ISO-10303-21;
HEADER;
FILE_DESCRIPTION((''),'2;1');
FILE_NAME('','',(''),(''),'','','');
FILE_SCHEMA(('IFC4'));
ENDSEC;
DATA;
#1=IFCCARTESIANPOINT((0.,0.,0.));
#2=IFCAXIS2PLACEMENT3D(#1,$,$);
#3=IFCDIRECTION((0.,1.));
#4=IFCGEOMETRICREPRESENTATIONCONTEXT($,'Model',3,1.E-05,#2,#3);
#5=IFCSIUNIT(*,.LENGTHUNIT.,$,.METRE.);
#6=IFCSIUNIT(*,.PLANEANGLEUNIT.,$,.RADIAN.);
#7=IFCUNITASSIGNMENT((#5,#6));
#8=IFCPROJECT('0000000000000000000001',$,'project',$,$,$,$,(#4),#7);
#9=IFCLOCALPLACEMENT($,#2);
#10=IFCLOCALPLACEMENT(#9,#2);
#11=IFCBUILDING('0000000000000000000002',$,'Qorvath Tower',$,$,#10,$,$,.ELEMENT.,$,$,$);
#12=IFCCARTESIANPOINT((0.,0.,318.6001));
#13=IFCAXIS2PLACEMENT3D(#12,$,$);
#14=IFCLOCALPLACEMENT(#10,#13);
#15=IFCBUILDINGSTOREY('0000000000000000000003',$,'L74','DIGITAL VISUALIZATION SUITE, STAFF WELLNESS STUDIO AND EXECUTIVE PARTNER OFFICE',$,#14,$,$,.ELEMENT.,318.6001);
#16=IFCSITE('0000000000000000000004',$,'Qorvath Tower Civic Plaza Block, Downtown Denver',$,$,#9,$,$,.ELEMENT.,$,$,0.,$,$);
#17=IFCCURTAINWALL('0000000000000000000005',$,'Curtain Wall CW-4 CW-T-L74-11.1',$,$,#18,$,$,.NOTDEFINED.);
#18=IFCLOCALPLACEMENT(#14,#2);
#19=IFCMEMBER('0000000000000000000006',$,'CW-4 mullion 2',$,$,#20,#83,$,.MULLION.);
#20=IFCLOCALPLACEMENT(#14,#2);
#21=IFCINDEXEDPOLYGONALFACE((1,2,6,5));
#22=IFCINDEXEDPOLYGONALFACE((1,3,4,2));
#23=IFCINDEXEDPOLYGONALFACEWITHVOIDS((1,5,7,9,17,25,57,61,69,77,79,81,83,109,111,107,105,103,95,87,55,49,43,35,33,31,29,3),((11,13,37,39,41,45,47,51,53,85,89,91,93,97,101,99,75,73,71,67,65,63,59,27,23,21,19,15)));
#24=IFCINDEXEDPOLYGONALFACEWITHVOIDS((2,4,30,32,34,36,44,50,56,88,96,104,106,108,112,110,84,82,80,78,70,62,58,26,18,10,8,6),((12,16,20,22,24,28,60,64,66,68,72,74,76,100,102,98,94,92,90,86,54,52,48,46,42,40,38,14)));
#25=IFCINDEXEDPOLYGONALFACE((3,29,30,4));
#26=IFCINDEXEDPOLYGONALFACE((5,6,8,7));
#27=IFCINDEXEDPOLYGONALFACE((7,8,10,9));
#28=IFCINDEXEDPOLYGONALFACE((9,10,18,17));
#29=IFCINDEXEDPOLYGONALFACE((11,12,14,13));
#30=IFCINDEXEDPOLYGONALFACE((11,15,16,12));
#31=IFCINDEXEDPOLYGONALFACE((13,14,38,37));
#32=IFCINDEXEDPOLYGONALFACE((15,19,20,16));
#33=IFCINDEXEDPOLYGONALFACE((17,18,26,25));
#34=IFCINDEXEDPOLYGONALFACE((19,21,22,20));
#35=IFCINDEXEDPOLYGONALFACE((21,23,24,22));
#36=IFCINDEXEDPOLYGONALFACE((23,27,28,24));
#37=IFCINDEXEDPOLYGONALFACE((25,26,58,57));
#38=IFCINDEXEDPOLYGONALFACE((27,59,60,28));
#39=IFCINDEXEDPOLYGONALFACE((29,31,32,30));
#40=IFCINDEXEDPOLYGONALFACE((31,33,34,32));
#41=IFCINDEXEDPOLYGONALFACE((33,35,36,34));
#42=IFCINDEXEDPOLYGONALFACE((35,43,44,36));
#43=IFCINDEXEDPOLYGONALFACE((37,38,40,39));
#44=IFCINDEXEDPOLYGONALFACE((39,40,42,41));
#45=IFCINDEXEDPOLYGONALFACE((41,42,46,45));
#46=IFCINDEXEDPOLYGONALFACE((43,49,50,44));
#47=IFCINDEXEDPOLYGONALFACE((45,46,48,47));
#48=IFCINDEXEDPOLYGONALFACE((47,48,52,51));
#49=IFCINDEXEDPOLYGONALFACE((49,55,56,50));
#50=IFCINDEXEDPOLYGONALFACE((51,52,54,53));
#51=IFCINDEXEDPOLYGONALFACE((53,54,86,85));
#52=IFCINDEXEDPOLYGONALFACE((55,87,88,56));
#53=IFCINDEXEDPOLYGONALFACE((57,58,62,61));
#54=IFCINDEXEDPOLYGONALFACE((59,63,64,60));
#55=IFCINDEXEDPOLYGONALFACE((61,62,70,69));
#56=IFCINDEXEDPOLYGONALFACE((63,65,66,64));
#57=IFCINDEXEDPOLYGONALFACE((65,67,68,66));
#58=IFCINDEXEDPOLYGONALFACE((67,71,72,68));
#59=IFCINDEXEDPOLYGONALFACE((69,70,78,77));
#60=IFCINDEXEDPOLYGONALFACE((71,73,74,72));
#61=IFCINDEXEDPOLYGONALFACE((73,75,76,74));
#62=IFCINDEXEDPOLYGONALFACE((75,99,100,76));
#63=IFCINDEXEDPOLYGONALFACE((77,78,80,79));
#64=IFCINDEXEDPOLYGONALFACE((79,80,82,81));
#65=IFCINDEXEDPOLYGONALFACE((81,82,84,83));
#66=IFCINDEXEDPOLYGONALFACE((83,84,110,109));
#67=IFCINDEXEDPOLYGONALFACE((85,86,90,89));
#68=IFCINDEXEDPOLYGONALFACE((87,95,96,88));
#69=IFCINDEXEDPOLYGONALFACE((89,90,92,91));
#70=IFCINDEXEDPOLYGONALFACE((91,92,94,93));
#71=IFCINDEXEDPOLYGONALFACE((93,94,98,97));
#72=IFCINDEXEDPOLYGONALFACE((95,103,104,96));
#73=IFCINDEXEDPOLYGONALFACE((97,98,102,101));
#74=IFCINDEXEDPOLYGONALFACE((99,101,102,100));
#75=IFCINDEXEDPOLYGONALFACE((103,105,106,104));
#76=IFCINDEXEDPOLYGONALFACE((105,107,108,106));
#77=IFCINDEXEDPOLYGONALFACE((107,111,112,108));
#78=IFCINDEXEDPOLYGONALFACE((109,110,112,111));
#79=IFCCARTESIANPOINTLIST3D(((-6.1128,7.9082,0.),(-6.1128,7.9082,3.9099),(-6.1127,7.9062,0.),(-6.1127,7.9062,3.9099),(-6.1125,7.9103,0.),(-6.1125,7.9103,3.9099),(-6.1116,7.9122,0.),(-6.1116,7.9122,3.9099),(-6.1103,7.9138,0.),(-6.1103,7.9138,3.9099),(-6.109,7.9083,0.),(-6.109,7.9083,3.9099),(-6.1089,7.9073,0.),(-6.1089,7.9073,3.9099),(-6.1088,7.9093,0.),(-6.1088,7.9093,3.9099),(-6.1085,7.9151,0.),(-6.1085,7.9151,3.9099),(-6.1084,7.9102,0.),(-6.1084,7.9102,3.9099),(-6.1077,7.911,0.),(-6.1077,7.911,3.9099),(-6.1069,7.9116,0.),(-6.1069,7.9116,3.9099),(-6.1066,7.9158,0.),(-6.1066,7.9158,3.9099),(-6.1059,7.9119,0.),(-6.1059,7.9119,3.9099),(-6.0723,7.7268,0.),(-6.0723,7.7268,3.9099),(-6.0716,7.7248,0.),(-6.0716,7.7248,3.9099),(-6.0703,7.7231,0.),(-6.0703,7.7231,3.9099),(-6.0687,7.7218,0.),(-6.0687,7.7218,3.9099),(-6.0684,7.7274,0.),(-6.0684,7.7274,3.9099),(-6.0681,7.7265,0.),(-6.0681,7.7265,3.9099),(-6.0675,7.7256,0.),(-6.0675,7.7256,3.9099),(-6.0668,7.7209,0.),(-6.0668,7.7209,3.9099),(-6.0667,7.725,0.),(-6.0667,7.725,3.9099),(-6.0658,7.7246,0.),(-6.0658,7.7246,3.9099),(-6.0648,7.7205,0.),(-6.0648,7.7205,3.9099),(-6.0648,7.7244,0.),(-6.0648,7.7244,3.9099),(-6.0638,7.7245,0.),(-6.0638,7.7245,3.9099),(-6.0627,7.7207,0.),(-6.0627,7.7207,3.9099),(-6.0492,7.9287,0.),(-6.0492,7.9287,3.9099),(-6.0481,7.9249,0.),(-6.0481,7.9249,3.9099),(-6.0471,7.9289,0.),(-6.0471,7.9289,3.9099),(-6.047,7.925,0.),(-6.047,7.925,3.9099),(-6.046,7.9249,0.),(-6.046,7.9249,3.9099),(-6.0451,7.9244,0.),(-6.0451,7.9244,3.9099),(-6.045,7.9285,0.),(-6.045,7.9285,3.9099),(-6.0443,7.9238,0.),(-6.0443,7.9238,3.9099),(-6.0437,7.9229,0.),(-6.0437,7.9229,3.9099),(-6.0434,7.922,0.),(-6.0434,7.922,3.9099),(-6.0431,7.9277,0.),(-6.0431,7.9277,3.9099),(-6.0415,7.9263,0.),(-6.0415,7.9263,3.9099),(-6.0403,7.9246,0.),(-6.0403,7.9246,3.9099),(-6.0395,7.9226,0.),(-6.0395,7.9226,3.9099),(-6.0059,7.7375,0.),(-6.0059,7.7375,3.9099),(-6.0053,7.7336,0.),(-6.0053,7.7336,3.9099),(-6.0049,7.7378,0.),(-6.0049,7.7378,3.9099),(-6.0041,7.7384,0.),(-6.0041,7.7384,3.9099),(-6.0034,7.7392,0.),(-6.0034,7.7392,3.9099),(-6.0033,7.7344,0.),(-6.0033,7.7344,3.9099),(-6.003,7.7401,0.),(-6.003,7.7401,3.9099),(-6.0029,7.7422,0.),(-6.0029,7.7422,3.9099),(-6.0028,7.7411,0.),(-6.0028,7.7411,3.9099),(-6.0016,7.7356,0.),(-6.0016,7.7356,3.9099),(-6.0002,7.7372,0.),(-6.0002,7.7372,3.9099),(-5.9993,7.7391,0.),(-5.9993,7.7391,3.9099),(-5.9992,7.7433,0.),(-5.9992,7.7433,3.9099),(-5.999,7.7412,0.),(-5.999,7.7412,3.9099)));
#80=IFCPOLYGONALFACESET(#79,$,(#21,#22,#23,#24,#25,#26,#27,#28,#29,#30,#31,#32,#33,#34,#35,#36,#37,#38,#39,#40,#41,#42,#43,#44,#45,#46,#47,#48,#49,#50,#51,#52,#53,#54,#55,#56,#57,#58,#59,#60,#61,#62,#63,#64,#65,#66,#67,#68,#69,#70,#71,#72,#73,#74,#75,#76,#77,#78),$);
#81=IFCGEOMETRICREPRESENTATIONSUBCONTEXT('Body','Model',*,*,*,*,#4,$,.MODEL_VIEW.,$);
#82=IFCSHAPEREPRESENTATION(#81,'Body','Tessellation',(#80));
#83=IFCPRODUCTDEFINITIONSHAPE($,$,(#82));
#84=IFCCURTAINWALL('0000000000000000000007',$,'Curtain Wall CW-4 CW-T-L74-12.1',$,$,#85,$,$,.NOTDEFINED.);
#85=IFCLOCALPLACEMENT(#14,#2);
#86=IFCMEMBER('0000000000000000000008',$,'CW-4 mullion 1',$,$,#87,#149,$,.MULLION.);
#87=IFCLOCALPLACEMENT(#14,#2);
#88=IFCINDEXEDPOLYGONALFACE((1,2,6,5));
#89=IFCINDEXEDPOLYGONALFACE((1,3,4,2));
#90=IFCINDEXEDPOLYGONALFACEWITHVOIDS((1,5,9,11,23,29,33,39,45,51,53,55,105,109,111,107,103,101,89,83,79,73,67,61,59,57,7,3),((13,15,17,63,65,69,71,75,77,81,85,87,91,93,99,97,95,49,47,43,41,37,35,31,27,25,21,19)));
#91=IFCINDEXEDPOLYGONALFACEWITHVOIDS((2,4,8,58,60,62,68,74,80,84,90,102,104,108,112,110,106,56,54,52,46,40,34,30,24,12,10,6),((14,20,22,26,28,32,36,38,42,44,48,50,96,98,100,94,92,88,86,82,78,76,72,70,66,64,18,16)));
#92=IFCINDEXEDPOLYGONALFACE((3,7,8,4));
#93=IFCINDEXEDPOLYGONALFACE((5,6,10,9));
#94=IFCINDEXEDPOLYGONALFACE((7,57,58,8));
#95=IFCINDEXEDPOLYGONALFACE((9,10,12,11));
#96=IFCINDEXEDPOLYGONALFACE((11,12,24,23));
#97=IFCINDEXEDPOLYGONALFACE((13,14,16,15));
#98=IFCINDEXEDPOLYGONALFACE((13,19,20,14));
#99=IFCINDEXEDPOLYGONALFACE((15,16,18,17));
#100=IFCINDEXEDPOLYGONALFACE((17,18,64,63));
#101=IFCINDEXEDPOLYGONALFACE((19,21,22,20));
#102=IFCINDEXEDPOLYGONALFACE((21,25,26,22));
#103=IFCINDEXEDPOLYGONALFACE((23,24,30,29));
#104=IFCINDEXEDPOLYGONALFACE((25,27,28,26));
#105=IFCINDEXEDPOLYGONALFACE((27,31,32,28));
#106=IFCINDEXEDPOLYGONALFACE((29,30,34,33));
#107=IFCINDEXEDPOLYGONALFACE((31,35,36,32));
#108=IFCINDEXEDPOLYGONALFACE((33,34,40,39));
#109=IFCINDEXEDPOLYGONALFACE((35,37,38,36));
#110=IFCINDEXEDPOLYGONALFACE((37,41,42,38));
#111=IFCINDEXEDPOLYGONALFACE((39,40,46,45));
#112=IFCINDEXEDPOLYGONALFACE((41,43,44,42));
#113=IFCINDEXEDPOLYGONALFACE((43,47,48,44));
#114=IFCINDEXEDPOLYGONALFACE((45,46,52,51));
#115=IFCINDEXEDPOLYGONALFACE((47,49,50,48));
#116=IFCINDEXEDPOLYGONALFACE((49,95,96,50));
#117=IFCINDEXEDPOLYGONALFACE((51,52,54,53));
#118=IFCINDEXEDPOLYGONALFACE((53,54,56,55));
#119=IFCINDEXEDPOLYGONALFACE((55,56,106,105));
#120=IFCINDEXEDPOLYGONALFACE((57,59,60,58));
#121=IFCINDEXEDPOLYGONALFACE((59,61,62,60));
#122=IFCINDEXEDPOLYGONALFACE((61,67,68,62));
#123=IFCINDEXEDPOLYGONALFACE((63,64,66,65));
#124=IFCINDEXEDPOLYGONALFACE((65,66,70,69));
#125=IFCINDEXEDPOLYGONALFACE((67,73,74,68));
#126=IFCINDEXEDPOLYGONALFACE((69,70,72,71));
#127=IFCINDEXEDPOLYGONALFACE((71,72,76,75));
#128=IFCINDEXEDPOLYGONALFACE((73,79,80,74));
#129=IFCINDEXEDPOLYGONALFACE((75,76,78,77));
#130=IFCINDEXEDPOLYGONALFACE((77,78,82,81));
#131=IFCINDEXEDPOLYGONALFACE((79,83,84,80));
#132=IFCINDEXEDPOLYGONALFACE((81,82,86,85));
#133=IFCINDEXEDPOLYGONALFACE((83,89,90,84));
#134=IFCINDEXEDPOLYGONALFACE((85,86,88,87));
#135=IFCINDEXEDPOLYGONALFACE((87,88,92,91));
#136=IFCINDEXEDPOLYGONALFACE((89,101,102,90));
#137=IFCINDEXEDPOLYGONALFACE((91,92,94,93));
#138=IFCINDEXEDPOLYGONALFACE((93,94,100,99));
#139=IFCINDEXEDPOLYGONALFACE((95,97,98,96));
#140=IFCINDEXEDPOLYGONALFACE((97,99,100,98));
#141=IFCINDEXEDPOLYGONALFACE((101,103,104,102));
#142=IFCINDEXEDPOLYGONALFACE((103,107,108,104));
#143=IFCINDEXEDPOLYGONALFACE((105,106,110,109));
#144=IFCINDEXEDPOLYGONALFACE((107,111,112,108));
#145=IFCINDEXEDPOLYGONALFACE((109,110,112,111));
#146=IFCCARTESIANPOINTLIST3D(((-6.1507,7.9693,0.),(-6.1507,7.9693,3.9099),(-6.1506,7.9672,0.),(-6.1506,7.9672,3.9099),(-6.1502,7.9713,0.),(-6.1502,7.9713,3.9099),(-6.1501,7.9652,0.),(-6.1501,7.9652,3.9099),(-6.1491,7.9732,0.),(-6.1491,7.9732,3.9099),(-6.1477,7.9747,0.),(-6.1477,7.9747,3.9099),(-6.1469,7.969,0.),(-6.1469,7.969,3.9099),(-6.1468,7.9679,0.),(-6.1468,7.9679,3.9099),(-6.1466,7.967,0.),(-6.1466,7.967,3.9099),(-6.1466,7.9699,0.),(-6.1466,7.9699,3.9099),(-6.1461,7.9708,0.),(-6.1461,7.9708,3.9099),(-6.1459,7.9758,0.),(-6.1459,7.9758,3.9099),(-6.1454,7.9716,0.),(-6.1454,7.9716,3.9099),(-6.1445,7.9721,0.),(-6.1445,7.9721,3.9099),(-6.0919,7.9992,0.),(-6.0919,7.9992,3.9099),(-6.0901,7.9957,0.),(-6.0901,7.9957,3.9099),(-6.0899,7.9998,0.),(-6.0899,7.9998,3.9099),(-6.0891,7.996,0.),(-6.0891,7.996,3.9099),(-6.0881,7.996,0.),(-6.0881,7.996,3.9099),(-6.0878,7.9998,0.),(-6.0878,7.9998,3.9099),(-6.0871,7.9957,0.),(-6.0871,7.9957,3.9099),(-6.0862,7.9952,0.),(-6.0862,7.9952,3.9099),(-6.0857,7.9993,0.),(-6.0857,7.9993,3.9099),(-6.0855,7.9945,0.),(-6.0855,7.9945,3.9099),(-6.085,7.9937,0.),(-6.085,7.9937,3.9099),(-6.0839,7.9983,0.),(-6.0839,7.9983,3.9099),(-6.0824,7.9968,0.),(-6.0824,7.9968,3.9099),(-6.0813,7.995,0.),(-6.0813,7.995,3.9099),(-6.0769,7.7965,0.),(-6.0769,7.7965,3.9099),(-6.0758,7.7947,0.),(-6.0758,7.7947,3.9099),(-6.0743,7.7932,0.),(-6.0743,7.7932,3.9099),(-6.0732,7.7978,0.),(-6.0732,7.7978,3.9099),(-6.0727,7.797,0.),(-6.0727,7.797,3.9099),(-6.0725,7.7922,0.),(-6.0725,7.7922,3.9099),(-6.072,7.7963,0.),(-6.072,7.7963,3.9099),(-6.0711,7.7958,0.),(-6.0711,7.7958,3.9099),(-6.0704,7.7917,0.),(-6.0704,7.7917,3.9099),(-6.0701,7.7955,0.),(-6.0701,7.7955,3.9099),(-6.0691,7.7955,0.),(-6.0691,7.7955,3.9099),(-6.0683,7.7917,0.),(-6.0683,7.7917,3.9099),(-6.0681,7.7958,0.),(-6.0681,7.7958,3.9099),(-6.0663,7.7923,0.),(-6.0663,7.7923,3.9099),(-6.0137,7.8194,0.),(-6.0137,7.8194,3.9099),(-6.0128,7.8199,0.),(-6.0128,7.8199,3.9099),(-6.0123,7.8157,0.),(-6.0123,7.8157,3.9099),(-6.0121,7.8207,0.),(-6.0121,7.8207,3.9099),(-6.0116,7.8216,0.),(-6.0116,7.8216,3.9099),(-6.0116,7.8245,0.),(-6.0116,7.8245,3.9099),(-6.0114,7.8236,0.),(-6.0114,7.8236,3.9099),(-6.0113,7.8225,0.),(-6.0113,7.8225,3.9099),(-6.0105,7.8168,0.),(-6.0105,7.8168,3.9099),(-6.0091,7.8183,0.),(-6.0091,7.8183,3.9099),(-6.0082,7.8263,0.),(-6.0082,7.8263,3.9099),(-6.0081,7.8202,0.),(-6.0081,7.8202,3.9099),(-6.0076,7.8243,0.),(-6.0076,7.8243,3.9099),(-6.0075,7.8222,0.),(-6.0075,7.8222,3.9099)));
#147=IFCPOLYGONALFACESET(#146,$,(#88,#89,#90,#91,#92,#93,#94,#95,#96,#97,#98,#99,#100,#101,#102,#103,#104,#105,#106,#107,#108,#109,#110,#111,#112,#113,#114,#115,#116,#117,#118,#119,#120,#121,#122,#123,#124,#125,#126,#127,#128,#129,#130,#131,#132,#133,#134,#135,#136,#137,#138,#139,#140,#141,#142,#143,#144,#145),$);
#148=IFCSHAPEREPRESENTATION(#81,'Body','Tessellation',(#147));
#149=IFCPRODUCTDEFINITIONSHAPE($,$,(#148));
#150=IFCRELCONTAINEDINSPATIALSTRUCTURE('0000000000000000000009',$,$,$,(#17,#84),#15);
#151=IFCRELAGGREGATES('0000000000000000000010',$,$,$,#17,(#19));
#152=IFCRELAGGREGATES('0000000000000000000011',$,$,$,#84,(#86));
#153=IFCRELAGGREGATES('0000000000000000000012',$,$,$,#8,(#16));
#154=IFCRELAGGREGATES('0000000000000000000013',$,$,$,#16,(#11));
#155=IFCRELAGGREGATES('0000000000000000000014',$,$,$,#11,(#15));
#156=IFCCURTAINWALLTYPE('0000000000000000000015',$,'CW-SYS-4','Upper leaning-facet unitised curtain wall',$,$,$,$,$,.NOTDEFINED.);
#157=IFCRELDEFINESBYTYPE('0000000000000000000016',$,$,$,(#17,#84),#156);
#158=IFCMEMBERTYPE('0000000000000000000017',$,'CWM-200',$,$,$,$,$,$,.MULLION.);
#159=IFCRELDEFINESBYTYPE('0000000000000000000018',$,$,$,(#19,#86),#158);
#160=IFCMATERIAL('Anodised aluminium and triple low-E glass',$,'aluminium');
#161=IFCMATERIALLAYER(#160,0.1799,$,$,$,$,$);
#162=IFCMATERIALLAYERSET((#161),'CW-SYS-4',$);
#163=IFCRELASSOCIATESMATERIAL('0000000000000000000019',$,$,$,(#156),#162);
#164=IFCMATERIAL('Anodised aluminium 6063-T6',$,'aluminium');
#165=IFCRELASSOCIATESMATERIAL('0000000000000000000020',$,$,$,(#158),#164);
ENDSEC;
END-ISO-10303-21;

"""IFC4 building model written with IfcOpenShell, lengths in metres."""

from ifc_helpers import new_model, si_unit, direction, frame, origin, origin_2d, place, context, subcontext, project, spatial, hollow_rectangle, extrude, material, layer, layer_set, material_profile, profile_set, type_object, element, aggregate, save


model = new_model("IFC4")

# Units and contexts
model_context = context("Model", 3, precision=1e-05, world=origin(), true_north=direction((0.0, 1.0)))
body_context = subcontext(model_context, "Body", "Model", "MODEL_VIEW")
ifc_project = project(units=[si_unit("LENGTHUNIT", "METRE"), si_unit("PLANEANGLEUNIT", "RADIAN")], contexts=[model_context])

# Site, building, storey
site_placement = place(None, origin())
site = spatial("IfcSite", under=ifc_project, at=site_placement, Name="Qorvath Tower Civic Plaza Block, Downtown Denver", CompositionType="ELEMENT", RefElevation=0.0)
building_placement = place(site_placement, origin())
building = spatial("IfcBuilding", under=site, at=building_placement, Name="Qorvath Tower", CompositionType="ELEMENT")
storey_placement = place(building_placement, frame((0.0, 0.0, 318.6001)))
storey = spatial("IfcBuildingStorey", under=building, at=storey_placement, Name="L74", Description="DIGITAL VISUALIZATION SUITE, STAFF WELLNESS STUDIO AND EXECUTIVE PARTNER OFFICE", CompositionType="ELEMENT", Elevation=318.6001)

# Curtain wall, member
ifc_material_1 = material(Name="Anodised aluminium and triple low-E glass", Category="aluminium")
ifc_layer_1 = layer(ifc_material_1, 0.1799)
ifc_layer_set_1 = layer_set([ifc_layer_1], Name="CW-SYS-4")
curtain_wall_type = type_object("IfcCurtainWallType", Name="CW-SYS-4", Description="Upper leaning-facet unitised curtain wall", PredefinedType="NOTDEFINED", material=ifc_layer_set_1)
curtain_wall_1_placement = place(storey_placement, origin())
curtain_wall_1 = element("IfcCurtainWall", 1, at=curtain_wall_1_placement, inside=storey, type_object=curtain_wall_type, Name="Curtain Wall CW-4 CW-T-L74-11.1", PredefinedType="NOTDEFINED")
ifc_material_2 = material(Name="Anodised aluminium 6063-T6", Category="aluminium")
ifc_material_profile_1 = material_profile(ifc_material_2, hollow_rectangle(XDim=0.075, YDim=0.2, WallThickness=0.0039, InnerFilletRadius=0.0039, OuterFilletRadius=0.0081, at=origin_2d()), Name="CWM 200x75")
ifc_profile_set_1 = profile_set([ifc_material_profile_1], Name="Anodised aluminium 6063-T6")
member_type_1 = type_object("IfcMemberType", Name="CWM-200", PredefinedType="MULLION", material=ifc_profile_set_1)
member_1_placement = place(storey_placement, frame((-6.0559, 7.8247, 0.0), z_axis=(0.0, 0.0, 1.0), x_axis=(-0.975597, -0.219569, 0.0)))
member_1 = element("IfcMember", 2, at=member_1_placement, type_object=member_type_1, Name="CW-4 mullion 2", PredefinedType="MULLION", context=body_context, shape_type="SweptSolid", body=[
    extrude(hollow_rectangle(XDim=0.075, YDim=0.2, WallThickness=0.0039, InnerFilletRadius=0.0039, OuterFilletRadius=0.0081, at=origin_2d()), origin(), (0.0, 0.0, 1.0), 3.9099),
])

# Curtain wall, member
curtain_wall_2_placement = place(storey_placement, origin())
curtain_wall_2 = element("IfcCurtainWall", 3, at=curtain_wall_2_placement, inside=storey, type_object=curtain_wall_type, Name="Curtain Wall CW-4 CW-T-L74-12.1", PredefinedType="NOTDEFINED")
member_2_placement = place(storey_placement, frame((-6.0791, 7.8958, 0.0), z_axis=(0.0, 0.0, 1.0), x_axis=(-0.917467, -0.397813, 0.0)))
member_2 = element("IfcMember", 4, at=member_2_placement, type_object=member_type_1, Name="CW-4 mullion 1", PredefinedType="MULLION", context=body_context, shape_type="SweptSolid", body=[
    extrude(hollow_rectangle(XDim=0.075, YDim=0.2, WallThickness=0.0039, InnerFilletRadius=0.0039, OuterFilletRadius=0.0081, at=origin_2d()), origin(), (0.0, 0.0, 1.0), 3.9099),
])

aggregate(curtain_wall_1, [member_1])
aggregate(curtain_wall_2, [member_2])

save(model, "model.ifc")
